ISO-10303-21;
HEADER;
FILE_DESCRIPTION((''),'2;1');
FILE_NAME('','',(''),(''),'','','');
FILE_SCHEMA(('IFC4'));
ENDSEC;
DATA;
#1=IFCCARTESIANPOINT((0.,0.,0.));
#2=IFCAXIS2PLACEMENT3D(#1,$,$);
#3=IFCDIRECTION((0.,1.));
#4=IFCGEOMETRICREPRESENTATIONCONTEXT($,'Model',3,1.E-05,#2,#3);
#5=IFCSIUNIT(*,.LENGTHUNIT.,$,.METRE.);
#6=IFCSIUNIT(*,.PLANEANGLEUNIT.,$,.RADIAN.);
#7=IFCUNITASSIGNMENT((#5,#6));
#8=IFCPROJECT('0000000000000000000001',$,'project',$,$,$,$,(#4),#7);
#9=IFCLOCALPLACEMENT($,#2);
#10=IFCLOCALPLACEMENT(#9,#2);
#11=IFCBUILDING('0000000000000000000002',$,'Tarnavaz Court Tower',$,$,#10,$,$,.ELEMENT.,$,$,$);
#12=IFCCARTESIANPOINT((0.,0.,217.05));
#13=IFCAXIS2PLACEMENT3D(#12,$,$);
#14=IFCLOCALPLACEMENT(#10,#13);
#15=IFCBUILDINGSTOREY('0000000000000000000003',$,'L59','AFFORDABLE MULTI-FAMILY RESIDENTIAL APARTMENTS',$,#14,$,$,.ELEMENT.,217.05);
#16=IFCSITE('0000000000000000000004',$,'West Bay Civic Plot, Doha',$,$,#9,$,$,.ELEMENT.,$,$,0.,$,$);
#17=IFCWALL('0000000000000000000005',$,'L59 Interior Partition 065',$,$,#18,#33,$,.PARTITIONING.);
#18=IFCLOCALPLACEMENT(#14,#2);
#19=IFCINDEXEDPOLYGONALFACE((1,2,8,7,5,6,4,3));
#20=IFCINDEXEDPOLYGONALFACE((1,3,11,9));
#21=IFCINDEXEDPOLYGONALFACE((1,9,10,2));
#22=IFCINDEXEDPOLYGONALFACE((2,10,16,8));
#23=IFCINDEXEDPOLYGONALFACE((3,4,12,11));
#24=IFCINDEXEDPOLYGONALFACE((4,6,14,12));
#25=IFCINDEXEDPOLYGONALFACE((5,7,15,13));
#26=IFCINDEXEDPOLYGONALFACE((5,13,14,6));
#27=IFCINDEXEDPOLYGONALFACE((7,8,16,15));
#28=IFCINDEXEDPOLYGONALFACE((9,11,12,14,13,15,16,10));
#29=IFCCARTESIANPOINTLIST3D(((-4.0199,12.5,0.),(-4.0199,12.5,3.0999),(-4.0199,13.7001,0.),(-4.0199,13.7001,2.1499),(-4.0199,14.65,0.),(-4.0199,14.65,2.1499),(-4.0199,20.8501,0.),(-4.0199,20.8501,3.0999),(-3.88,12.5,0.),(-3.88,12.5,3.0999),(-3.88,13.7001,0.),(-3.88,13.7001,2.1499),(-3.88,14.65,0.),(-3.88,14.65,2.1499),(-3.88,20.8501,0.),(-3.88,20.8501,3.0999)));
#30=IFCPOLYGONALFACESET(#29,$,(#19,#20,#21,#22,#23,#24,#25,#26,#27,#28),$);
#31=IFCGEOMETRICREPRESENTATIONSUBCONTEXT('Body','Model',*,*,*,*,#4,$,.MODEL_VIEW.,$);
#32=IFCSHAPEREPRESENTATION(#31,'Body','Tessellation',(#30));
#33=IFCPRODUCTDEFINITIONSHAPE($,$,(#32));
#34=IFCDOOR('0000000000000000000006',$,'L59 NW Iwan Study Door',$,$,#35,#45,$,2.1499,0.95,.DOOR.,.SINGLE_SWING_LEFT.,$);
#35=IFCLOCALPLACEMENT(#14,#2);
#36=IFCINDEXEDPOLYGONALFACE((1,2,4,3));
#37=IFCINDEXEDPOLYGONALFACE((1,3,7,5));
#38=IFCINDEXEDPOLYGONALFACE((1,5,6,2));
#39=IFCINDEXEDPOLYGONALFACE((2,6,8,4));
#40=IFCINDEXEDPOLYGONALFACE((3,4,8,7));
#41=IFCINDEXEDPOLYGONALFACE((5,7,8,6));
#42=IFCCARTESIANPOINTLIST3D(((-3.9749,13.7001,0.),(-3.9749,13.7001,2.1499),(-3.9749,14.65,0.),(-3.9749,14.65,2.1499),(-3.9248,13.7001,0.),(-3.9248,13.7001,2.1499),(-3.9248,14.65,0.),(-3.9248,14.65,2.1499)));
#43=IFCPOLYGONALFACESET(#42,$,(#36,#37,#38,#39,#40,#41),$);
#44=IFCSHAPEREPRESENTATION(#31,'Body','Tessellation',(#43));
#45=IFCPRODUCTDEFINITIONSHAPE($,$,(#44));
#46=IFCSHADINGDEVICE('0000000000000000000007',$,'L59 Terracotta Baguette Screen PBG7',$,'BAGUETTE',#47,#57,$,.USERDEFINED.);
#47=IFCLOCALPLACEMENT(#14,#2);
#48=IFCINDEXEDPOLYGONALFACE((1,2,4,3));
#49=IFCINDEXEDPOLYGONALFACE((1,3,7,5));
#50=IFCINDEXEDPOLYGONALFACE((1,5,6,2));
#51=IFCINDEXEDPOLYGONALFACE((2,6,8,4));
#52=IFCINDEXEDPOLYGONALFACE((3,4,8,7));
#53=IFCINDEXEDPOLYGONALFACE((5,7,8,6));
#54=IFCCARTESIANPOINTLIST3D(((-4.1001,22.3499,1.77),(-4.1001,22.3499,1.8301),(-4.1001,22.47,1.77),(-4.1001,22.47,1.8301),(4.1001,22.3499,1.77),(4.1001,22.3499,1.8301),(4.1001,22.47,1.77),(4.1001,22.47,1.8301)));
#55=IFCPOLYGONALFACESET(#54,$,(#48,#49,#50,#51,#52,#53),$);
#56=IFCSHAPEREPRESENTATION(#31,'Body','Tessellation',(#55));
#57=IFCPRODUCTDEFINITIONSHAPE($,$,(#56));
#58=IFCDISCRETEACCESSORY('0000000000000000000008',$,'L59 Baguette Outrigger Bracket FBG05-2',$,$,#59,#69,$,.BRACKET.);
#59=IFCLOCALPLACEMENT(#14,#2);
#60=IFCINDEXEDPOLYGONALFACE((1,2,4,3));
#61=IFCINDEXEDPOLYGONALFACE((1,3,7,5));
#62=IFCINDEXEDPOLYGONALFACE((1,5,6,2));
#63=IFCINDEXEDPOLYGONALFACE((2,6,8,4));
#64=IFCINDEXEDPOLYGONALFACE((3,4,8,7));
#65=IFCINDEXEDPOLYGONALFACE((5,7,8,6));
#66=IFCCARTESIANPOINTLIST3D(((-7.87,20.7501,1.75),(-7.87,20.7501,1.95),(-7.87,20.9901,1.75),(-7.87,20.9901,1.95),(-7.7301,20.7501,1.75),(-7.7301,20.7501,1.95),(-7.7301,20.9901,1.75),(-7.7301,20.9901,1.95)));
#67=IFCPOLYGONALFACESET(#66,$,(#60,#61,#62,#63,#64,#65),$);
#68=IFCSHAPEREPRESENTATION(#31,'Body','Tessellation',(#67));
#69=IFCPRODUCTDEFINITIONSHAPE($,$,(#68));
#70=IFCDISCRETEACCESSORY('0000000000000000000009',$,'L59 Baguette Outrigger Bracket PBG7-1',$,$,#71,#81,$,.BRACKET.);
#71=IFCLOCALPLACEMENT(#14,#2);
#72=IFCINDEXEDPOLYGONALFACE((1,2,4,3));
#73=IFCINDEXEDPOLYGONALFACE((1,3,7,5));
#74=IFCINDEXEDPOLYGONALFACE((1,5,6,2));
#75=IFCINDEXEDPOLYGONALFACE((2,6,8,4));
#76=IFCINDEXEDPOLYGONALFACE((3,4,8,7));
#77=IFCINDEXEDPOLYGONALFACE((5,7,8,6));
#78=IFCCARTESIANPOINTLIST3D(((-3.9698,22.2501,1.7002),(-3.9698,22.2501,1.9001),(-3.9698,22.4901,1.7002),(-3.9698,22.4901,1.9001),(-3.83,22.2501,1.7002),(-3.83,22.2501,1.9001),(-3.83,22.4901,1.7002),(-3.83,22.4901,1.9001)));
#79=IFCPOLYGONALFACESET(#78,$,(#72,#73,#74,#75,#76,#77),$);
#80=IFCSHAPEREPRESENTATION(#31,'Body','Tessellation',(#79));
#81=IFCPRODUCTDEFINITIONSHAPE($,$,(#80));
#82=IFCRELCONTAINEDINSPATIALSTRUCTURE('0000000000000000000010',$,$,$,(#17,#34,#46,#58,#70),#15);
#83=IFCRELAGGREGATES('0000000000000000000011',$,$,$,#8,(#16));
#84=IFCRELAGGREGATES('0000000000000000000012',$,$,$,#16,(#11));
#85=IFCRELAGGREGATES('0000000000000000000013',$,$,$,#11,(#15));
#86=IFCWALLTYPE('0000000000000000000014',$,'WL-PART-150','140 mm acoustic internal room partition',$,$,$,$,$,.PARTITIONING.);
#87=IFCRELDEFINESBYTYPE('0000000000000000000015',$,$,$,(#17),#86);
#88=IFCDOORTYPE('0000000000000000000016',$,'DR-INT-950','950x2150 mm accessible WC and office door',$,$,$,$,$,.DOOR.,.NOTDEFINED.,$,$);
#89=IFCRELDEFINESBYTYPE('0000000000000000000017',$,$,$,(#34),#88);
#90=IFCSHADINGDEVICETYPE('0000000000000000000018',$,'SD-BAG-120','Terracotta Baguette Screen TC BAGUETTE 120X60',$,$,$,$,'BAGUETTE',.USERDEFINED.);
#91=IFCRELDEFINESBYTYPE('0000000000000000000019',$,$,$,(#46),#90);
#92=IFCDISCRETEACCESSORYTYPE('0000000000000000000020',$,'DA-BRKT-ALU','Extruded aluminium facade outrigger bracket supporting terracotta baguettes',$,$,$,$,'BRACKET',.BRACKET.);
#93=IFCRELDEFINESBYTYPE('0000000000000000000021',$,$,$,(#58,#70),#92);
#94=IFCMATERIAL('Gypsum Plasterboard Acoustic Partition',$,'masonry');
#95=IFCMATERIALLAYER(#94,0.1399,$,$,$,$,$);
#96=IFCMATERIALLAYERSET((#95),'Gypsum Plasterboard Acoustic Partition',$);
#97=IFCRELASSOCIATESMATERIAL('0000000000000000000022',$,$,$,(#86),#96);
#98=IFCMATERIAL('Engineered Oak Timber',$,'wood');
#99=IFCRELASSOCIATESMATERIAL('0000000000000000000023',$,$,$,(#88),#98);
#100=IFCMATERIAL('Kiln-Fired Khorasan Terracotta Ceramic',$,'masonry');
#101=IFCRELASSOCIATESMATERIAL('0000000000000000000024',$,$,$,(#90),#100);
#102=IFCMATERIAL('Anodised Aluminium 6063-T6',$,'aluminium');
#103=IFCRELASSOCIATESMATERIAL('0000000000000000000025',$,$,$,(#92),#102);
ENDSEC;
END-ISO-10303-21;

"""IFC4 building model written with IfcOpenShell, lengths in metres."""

from ifc_helpers import new_model, si_unit, direction, frame, frame_2d, origin, origin_2d, place, context, subcontext, project, spatial, rectangle, extrude, material, layer, layer_set, material_profile, profile_set, type_object, element, fill, save


model = new_model("IFC4")

# Units and contexts
model_context = context("Model", 3, precision=1e-05, world=origin(), true_north=direction((0.0, 1.0)))
body_context = subcontext(model_context, "Body", "Model", "MODEL_VIEW")
ifc_project = project(units=[si_unit("LENGTHUNIT", "METRE"), si_unit("PLANEANGLEUNIT", "RADIAN")], contexts=[model_context])

# Site, building, storey
site_placement = place(None, origin())
site = spatial("IfcSite", under=ifc_project, at=site_placement, Name="West Bay Civic Plot, Doha", CompositionType="ELEMENT", RefElevation=0.0)
building_placement = place(site_placement, origin())
building = spatial("IfcBuilding", under=site, at=building_placement, Name="Tarnavaz Court Tower", CompositionType="ELEMENT")
storey_placement = place(building_placement, frame((0.0, 0.0, 217.05)))
storey = spatial("IfcBuildingStorey", under=building, at=storey_placement, Name="L59", Description="AFFORDABLE MULTI-FAMILY RESIDENTIAL APARTMENTS", CompositionType="ELEMENT", Elevation=217.05)

# Shared definitions
ifc_material_1 = material(Name="Anodised Aluminium 6063-T6", Category="aluminium")

# Wall, opening, door
ifc_material_2 = material(Name="Gypsum Plasterboard Acoustic Partition", Category="masonry")
ifc_layer_1 = layer(ifc_material_2, 0.1399)
ifc_layer_set_1 = layer_set([ifc_layer_1], Name="Gypsum Plasterboard Acoustic Partition")
wall_type_1 = type_object("IfcWallType", Name="WL-PART-150", Description="140 mm acoustic internal room partition", PredefinedType="PARTITIONING", material=ifc_layer_set_1)
wall_1_placement = place(storey_placement, frame((-3.95, 12.5, 0.0), z_axis=(0.0, 0.0, 1.0), x_axis=(0.0, 1.0, 0.0)))
wall_1 = element("IfcWall", 1, at=wall_1_placement, inside=storey, type_object=wall_type_1, Name="L59 Interior Partition 065", PredefinedType="PARTITIONING", context=body_context, shape_type="SweptSolid", body=[
    extrude(rectangle(XDim=8.3501, YDim=0.1399, at=frame_2d((4.175, 0.0))), origin(), (0.0, 0.0, 1.0), 3.0999),
])
opening_1_placement = place(wall_1_placement, frame((1.2, 0.0, 0.0)))
opening_1 = element("IfcOpeningElement", 2, at=opening_1_placement, cuts=wall_1, PredefinedType="OPENING", context=body_context, shape_type="SweptSolid", body=[
    extrude(rectangle(XDim=0.95, YDim=2.1499, at=frame_2d((0.4751, 1.075))), frame((0.0, 0.0798, 0.0), z_axis=(0.0, -1.0, 0.0), x_axis=(1.0, 0.0, 0.0)), (0.0, 0.0, 1.0), 0.1599),
])
ifc_material_3 = material(Name="Engineered Oak Timber", Category="wood")
door_type = type_object("IfcDoorType", Name="DR-INT-950", Description="950x2150 mm accessible WC and office door", OperationType="NOTDEFINED", PredefinedType="DOOR", material=ifc_material_3)
door_placement = place(opening_1_placement, origin())
door = element("IfcDoor", 3, at=door_placement, inside=storey, type_object=door_type, Name="L59 NW Iwan Study Door", OperationType="SINGLE_SWING_LEFT", OverallHeight=2.1499, OverallWidth=0.95, PredefinedType="DOOR", context=body_context, shape_type="SweptSolid", body=[
    extrude(rectangle(XDim=0.95, YDim=2.1499, at=frame_2d((0.4751, 1.075))), frame((0.0, 0.0249, 0.0), z_axis=(0.0, -1.0, 0.0), x_axis=(1.0, 0.0, 0.0)), (0.0, 0.0, 1.0), 0.05),
])
fill(opening_1, door)

# Shading device
ifc_material_4 = material(Name="Kiln-Fired Khorasan Terracotta Ceramic", Category="masonry")
ifc_material_profile_1 = material_profile(ifc_material_4, rectangle(XDim=0.1201, YDim=0.0601, at=origin_2d()), Name="TC BAGUETTE 120X60")
ifc_profile_set_1 = profile_set([ifc_material_profile_1], Name="Kiln-Fired Khorasan Terracotta Ceramic")
shading_device_type = type_object("IfcShadingDeviceType", Name="SD-BAG-120", Description="Terracotta Baguette Screen TC BAGUETTE 120X60", ElementType="BAGUETTE", PredefinedType="USERDEFINED", material=ifc_profile_set_1)
shading_device_placement = place(storey_placement, frame((-4.1001, 22.4099, 1.8), z_axis=(1.0, 0.0, 0.0), x_axis=(0.0, 1.0, 0.0)))
element("IfcShadingDevice", 4, at=shading_device_placement, inside=storey, type_object=shading_device_type, Name="L59 Terracotta Baguette Screen PBG7", ObjectType="BAGUETTE", PredefinedType="USERDEFINED", context=body_context, shape_type="SweptSolid", body=[
    extrude(rectangle(XDim=0.1201, YDim=0.0601, at=origin_2d()), origin(), (0.0, 0.0, 1.0), 8.2002),
])

# Discrete accessories
discrete_accessory_type = type_object("IfcDiscreteAccessoryType", Name="DA-BRKT-ALU", Description="Extruded aluminium facade outrigger bracket supporting terracotta baguettes", ElementType="BRACKET", PredefinedType="BRACKET", material=ifc_material_1)
for number, where, z_axis, x_axis, name in (
    (5, (-7.8, 20.8701, 1.75), (0.0, 0.0, 1.0), (1.0, 0.0, 0.0), "L59 Baguette Outrigger Bracket FBG05-2"),
    (6, (-3.8999, 22.3701, 1.7002), (0.0, 0.0, 1.0), (1.0, 0.0, 0.0), "L59 Baguette Outrigger Bracket PBG7-1"),
):
    element("IfcDiscreteAccessory", number, at=place(storey_placement, frame(where, z_axis=z_axis, x_axis=x_axis)), inside=storey, type_object=discrete_accessory_type, Name=name, PredefinedType="BRACKET", context=body_context, shape_type="SweptSolid", body=[
        extrude(rectangle(XDim=0.1399, YDim=0.24, at=origin_2d()), origin(), (0.0, 0.0, 1.0), 0.2),
    ])

save(model, "model.ifc")
